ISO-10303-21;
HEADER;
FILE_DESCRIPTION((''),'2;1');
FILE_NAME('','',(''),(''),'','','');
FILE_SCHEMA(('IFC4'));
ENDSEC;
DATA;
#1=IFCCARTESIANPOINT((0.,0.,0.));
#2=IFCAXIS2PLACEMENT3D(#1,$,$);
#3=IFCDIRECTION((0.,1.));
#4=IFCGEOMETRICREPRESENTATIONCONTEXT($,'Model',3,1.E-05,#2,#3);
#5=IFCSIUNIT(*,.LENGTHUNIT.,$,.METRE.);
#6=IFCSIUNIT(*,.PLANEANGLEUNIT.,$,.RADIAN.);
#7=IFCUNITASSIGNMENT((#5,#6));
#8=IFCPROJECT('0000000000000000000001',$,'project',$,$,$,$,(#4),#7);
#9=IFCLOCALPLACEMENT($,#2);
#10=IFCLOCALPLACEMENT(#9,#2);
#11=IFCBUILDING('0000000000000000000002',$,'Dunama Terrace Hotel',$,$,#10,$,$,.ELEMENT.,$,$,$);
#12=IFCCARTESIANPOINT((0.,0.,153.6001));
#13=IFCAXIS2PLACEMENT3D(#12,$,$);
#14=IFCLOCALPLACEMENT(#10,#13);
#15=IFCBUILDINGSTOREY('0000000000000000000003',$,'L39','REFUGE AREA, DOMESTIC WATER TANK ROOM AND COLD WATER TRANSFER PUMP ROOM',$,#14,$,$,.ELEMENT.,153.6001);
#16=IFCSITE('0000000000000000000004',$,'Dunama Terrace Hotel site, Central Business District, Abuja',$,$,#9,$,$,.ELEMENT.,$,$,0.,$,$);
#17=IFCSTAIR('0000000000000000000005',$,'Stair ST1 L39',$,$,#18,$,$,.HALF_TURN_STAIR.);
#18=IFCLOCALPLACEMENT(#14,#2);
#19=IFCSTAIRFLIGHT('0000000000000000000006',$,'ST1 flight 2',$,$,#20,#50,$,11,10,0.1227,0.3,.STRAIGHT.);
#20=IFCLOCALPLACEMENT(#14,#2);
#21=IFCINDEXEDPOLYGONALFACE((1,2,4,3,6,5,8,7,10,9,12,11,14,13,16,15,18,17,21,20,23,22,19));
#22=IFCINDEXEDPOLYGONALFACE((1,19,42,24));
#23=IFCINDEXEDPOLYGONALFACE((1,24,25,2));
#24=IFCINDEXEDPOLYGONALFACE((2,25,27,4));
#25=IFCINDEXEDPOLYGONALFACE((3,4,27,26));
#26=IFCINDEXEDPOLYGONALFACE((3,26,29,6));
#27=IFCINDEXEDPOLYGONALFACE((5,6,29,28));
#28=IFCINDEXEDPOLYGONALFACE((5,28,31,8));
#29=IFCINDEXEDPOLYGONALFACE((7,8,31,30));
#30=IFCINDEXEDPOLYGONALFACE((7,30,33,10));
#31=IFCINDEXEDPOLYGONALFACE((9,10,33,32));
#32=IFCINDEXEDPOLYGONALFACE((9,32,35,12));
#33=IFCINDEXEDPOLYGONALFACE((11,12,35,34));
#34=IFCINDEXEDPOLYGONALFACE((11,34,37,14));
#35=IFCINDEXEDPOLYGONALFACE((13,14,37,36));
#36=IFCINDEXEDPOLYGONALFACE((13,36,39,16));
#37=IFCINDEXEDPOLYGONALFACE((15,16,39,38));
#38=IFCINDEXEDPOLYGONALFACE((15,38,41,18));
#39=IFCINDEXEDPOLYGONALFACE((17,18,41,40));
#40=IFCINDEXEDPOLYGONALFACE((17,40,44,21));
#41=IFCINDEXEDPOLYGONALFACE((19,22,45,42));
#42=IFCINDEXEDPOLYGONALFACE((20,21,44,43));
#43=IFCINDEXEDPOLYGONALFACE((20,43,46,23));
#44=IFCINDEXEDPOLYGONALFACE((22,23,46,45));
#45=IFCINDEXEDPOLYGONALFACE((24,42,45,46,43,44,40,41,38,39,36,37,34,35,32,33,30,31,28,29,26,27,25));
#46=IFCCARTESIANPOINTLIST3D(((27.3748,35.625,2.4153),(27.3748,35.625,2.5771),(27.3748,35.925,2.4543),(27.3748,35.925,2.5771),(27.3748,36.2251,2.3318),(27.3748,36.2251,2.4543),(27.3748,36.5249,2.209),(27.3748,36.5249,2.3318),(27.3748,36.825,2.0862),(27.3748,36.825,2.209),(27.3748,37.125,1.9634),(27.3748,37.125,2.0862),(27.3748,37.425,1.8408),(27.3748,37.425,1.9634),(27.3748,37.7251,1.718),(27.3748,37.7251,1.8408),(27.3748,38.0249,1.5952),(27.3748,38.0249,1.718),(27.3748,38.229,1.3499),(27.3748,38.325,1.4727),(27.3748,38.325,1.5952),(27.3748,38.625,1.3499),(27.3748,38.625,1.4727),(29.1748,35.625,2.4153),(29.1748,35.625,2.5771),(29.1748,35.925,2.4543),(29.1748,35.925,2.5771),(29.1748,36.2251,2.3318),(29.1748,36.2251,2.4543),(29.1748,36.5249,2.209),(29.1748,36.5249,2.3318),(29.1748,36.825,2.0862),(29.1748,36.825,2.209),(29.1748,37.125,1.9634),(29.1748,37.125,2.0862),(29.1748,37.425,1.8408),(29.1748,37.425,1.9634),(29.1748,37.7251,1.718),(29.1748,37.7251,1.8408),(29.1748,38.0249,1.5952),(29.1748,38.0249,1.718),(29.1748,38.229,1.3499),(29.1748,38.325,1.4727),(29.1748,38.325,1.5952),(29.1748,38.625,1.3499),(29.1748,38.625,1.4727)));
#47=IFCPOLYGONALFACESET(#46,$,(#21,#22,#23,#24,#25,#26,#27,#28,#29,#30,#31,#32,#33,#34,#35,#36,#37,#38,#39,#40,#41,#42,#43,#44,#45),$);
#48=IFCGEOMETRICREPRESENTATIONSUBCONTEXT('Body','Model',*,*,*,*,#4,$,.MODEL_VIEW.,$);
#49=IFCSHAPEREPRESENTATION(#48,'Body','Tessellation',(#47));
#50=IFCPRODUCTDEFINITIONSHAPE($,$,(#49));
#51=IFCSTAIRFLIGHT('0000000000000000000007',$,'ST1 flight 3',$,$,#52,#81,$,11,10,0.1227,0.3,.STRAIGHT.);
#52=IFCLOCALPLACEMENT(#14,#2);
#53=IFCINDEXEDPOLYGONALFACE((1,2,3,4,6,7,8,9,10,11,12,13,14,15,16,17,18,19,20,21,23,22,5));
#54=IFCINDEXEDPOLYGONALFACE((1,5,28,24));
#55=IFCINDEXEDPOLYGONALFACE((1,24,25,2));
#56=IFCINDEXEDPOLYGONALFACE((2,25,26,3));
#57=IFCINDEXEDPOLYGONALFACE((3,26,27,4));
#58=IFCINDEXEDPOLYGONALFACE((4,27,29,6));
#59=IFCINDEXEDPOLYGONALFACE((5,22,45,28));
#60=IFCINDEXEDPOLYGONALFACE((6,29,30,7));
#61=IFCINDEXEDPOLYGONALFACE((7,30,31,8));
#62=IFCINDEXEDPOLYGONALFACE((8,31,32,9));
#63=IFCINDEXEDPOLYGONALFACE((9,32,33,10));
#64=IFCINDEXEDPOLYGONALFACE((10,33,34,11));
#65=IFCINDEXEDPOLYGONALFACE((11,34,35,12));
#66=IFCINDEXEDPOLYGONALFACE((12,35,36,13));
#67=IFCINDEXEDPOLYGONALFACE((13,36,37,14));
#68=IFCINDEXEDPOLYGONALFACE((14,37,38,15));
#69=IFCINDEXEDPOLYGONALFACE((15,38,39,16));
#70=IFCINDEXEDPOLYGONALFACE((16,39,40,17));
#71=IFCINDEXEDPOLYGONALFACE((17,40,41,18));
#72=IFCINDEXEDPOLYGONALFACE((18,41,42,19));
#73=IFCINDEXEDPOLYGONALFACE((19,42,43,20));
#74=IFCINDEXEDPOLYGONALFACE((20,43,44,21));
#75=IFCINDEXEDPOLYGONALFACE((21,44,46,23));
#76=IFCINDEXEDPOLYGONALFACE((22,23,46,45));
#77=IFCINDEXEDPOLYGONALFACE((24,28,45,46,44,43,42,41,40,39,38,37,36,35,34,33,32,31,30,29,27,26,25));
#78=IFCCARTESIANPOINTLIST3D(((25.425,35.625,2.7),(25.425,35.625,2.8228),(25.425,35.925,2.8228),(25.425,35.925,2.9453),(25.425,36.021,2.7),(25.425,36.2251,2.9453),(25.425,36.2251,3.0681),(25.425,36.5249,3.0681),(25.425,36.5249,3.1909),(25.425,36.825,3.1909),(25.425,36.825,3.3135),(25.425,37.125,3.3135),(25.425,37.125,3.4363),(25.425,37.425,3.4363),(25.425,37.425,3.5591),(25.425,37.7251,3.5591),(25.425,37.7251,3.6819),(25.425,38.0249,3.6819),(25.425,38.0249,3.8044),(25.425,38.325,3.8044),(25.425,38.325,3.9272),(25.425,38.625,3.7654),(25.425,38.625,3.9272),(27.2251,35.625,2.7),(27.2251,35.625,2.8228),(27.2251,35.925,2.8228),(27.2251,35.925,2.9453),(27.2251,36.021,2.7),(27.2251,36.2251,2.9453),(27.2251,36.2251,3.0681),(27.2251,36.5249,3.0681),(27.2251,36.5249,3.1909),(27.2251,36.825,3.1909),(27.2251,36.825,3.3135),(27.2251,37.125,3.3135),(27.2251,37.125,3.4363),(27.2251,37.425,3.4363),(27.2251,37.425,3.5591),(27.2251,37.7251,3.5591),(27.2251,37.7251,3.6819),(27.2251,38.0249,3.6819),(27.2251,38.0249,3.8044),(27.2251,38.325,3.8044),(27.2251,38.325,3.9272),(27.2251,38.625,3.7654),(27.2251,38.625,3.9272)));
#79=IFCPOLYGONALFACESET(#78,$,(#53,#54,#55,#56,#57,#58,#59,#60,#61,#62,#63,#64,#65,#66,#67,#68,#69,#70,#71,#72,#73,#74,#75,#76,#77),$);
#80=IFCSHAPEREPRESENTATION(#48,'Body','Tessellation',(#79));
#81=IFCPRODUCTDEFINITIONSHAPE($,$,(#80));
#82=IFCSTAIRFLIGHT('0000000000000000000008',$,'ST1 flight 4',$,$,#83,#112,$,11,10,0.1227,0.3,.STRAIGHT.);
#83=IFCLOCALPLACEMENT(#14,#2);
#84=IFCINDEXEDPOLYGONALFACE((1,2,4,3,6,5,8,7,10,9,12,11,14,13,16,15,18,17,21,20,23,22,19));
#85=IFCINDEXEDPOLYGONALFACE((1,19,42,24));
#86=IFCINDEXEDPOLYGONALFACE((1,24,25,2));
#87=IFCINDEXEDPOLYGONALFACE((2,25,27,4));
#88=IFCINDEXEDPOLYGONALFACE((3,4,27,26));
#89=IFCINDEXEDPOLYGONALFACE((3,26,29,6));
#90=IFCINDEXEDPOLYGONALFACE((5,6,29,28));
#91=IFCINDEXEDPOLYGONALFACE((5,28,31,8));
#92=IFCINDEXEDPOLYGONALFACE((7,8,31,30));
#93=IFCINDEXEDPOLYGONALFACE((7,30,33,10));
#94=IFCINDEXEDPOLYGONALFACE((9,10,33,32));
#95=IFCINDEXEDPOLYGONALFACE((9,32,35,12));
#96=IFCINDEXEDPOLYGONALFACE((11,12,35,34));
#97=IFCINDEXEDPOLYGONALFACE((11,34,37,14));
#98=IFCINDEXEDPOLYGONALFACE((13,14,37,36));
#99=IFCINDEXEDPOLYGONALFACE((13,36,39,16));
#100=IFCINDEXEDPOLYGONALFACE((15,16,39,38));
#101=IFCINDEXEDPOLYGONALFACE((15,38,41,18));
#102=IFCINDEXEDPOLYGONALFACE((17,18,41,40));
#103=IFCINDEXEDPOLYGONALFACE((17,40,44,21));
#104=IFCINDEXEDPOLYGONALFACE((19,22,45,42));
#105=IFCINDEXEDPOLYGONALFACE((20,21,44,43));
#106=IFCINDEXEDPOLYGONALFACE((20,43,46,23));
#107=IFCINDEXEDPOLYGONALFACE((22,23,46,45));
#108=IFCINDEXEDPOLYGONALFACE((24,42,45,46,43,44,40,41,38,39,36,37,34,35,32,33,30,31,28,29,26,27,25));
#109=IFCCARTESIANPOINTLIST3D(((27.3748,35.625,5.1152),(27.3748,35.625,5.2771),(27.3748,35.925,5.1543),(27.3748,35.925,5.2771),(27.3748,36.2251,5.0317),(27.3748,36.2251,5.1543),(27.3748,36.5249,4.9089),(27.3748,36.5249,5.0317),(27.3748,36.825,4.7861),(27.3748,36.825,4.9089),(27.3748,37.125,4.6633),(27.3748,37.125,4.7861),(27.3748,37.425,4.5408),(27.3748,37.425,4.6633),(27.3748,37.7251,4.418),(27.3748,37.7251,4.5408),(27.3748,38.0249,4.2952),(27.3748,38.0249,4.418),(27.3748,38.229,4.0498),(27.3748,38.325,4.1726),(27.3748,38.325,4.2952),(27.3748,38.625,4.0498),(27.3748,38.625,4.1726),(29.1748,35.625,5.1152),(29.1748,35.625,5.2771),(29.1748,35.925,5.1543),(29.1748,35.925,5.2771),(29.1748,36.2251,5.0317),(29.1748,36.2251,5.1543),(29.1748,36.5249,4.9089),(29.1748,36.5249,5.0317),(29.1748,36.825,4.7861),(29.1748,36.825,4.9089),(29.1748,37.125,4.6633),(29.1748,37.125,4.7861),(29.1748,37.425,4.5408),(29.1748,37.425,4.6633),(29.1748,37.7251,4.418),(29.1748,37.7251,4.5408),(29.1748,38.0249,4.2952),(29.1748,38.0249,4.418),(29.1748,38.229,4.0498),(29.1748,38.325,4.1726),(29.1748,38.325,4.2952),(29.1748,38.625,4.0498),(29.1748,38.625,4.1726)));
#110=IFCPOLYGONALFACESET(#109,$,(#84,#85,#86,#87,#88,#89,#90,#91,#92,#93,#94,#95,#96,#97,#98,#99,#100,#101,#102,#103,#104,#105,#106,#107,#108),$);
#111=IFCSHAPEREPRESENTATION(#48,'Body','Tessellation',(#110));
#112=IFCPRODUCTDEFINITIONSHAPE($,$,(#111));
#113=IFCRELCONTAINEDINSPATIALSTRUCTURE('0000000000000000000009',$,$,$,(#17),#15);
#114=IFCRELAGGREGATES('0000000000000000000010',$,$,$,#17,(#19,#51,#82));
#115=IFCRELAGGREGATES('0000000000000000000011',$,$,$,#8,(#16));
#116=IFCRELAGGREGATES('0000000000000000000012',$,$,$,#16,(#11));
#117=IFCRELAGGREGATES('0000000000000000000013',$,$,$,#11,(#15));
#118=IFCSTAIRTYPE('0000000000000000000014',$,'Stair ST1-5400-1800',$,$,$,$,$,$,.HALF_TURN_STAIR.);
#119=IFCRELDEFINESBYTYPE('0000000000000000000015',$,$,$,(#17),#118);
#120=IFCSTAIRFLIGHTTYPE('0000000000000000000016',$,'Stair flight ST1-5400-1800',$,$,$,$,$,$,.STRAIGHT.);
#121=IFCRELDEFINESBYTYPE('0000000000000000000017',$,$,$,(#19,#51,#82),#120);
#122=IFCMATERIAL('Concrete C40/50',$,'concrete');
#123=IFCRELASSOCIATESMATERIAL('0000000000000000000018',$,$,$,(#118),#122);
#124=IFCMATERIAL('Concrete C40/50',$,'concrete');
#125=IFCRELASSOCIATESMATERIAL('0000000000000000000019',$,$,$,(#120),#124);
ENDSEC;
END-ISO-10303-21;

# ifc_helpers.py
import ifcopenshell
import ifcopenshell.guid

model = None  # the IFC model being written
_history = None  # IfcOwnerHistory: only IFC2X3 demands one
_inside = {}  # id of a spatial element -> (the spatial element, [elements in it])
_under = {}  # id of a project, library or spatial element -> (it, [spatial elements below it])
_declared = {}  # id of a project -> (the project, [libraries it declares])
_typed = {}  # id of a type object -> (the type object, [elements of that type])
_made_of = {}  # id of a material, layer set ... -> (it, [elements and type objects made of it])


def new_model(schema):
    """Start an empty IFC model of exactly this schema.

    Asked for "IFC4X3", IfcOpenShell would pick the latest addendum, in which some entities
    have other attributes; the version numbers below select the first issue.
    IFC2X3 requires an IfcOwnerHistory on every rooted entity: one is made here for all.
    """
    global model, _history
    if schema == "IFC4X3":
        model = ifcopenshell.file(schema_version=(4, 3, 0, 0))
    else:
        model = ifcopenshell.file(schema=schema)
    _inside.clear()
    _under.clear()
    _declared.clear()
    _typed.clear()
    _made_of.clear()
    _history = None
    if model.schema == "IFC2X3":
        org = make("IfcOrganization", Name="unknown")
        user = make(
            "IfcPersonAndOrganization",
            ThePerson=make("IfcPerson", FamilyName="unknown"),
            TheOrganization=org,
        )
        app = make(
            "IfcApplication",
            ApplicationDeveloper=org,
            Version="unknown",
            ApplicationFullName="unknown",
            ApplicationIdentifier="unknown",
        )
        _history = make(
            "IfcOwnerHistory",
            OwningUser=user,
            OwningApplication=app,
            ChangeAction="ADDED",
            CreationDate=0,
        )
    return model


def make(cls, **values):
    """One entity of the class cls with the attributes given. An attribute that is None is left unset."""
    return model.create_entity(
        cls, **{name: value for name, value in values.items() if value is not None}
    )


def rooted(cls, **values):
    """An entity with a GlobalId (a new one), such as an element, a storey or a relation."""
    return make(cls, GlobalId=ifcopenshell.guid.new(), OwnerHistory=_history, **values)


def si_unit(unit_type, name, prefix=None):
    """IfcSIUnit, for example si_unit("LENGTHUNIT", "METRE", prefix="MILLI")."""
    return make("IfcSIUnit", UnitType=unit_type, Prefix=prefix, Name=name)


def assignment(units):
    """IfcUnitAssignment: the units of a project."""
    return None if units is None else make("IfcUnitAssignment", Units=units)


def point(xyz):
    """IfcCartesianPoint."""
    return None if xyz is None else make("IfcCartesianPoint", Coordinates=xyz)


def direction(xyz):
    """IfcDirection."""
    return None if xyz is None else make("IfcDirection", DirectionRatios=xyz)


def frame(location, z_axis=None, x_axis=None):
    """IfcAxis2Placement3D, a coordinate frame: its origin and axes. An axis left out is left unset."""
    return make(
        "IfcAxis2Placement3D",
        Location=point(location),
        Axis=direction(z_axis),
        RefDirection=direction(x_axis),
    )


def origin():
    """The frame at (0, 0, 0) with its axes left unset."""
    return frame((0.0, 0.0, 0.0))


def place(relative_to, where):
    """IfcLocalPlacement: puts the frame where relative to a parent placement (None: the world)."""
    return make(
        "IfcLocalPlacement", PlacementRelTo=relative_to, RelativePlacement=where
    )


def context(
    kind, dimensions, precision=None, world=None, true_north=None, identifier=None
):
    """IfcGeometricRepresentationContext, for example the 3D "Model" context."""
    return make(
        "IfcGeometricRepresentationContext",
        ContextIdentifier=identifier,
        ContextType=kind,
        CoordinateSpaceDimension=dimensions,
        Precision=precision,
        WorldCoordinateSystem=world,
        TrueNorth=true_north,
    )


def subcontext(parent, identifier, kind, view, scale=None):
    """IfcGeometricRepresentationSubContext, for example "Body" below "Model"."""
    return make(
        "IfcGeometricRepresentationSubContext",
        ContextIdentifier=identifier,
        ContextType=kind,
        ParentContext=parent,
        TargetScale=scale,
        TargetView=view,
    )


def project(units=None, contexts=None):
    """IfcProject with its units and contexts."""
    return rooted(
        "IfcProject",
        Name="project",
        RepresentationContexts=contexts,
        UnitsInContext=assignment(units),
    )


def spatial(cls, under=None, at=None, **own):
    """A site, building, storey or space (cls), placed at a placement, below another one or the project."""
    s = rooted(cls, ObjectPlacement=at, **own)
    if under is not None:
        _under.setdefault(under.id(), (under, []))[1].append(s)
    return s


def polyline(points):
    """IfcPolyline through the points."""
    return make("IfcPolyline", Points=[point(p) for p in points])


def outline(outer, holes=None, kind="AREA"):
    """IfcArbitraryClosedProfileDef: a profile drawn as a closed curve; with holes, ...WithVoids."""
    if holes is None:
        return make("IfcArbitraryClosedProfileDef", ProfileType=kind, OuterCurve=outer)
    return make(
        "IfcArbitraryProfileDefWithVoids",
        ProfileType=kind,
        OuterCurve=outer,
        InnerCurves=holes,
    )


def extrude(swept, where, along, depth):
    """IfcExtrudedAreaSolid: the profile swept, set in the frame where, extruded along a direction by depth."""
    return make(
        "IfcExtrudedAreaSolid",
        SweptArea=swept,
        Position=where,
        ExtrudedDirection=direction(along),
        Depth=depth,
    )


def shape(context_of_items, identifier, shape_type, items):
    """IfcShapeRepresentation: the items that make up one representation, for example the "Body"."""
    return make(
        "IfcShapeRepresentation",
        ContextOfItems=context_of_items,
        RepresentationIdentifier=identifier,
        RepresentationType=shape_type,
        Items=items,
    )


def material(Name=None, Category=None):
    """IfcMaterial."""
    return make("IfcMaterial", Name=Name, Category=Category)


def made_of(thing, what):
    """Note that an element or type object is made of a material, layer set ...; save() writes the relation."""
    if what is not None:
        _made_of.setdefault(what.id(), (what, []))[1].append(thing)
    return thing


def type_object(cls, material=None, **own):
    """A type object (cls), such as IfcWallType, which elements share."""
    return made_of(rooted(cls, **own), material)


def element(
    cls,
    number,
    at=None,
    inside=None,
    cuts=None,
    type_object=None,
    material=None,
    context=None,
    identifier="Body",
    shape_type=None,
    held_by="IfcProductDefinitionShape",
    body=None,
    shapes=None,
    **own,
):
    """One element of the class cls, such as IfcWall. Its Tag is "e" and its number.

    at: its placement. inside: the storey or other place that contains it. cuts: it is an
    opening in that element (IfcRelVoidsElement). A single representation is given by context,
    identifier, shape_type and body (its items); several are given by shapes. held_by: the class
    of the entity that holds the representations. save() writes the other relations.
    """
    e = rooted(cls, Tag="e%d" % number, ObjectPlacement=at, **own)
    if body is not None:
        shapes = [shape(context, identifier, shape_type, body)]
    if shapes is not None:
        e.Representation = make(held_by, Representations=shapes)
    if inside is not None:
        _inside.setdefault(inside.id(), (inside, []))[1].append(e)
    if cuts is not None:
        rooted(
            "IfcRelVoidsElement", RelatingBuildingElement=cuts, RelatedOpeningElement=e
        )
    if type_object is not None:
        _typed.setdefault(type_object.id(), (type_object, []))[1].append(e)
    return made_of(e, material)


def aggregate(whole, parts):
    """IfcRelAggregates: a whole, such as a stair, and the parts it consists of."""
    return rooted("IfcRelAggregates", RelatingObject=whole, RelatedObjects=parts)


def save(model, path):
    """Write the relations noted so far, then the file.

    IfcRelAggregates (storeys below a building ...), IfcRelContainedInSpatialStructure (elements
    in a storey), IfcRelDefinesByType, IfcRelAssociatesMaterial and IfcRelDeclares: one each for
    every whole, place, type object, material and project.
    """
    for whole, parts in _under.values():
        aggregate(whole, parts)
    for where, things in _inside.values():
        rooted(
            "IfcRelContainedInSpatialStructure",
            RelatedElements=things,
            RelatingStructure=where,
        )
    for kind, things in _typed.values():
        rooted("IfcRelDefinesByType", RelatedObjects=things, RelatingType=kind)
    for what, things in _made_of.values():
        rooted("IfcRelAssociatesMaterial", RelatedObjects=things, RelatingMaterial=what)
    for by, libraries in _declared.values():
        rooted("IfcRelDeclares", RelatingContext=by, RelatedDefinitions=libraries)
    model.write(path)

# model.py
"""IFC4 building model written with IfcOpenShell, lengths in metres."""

from ifc_helpers import new_model, si_unit, direction, frame, origin, place, context, subcontext, project, spatial, polyline, outline, extrude, material, type_object, element, aggregate, save


model = new_model("IFC4")

# Units and contexts
model_context = context("Model", 3, precision=1e-05, world=origin(), true_north=direction((0.0, 1.0)))
body_context = subcontext(model_context, "Body", "Model", "MODEL_VIEW")
ifc_project = project(units=[si_unit("LENGTHUNIT", "METRE"), si_unit("PLANEANGLEUNIT", "RADIAN")], contexts=[model_context])

# Site, building, storey
site_placement = place(None, origin())
site = spatial("IfcSite", under=ifc_project, at=site_placement, Name="Dunama Terrace Hotel site, Central Business District, Abuja", CompositionType="ELEMENT", RefElevation=0.0)
building_placement = place(site_placement, origin())
building = spatial("IfcBuilding", under=site, at=building_placement, Name="Dunama Terrace Hotel", CompositionType="ELEMENT")
storey_placement = place(building_placement, frame((0.0, 0.0, 153.6001)))
storey = spatial("IfcBuildingStorey", under=building, at=storey_placement, Name="L39", Description="REFUGE AREA, DOMESTIC WATER TANK ROOM AND COLD WATER TRANSFER PUMP ROOM", CompositionType="ELEMENT", Elevation=153.6001)

# Stair, stair flights
ifc_material_1 = material(Name="Concrete C40/50", Category="concrete")
stair_type = type_object("IfcStairType", Name="Stair ST1-5400-1800", PredefinedType="HALF_TURN_STAIR", material=ifc_material_1)
stair_placement = place(storey_placement, origin())
stair = element("IfcStair", 1, at=stair_placement, inside=storey, type_object=stair_type, Name="Stair ST1 L39", PredefinedType="HALF_TURN_STAIR")
ifc_material_2 = material(Name="Concrete C40/50", Category="concrete")
stair_flight_type = type_object("IfcStairFlightType", Name="Stair flight ST1-5400-1800", PredefinedType="STRAIGHT", material=ifc_material_2)
stair_flight_1_placement = place(storey_placement, frame((28.2749, 38.625, 1.3499), z_axis=(0.0, 0.0, 1.0), x_axis=(0.0, -1.0, 0.0)))
stair_flight_1 = element("IfcStairFlight", 2, at=stair_flight_1_placement, type_object=stair_flight_type, Name="ST1 flight 2", NumberOfRisers=11, NumberOfTreads=10, PredefinedType="STRAIGHT", RiserHeight=0.1227, TreadLength=0.3, context=body_context, shape_type="SweptSolid", body=[
    extrude(outline(polyline([(0.0, 0.0), (0.0, 0.1228), (0.3, 0.1228), (0.3, 0.2454), (0.6001, 0.2454), (0.6001, 0.3682), (0.8999, 0.3682), (0.8999, 0.491), (1.2, 0.491), (1.2, 0.6135), (1.5, 0.6135), (1.5, 0.7363), (1.8, 0.7363), (1.8, 0.8591), (2.1001, 0.8591), (2.1001, 0.9819), (2.3999, 0.9819), (2.3999, 1.1045), (2.7, 1.1045), (2.7, 1.2273), (3.0, 1.2273), (3.0, 1.3501), (3.0, 1.0654), (0.396, 0.0), (0.0, 0.0)])), frame((0.0, 0.8999, 0.0), z_axis=(0.0, -1.0, 0.0), x_axis=(1.0, 0.0, 0.0)), (0.0, 0.0, 1.0), 1.8),
])
stair_flight_2_placement = place(storey_placement, frame((26.325, 35.625, 2.7), z_axis=(0.0, 0.0, 1.0), x_axis=(0.0, 1.0, 0.0)))
stair_flight_2 = element("IfcStairFlight", 3, at=stair_flight_2_placement, type_object=stair_flight_type, Name="ST1 flight 3", NumberOfRisers=11, NumberOfTreads=10, PredefinedType="STRAIGHT", RiserHeight=0.1227, TreadLength=0.3, context=body_context, shape_type="SweptSolid", body=[
    extrude(outline(polyline([(0.0, 0.0), (0.0, 0.1228), (0.3, 0.1228), (0.3, 0.2454), (0.6001, 0.2454), (0.6001, 0.3682), (0.8999, 0.3682), (0.8999, 0.491), (1.2, 0.491), (1.2, 0.6135), (1.5, 0.6135), (1.5, 0.7363), (1.8, 0.7363), (1.8, 0.8591), (2.1001, 0.8591), (2.1001, 0.9819), (2.3999, 0.9819), (2.3999, 1.1045), (2.7, 1.1045), (2.7, 1.2273), (3.0, 1.2273), (3.0, 1.3501), (3.0, 1.0654), (0.396, 0.0), (0.0, 0.0)])), frame((0.0, 0.8999, 0.0), z_axis=(0.0, -1.0, 0.0), x_axis=(1.0, 0.0, 0.0)), (0.0, 0.0, 1.0), 1.8),
])
stair_flight_3_placement = place(storey_placement, frame((28.2749, 38.625, 4.0498), z_axis=(0.0, 0.0, 1.0), x_axis=(0.0, -1.0, 0.0)))
stair_flight_3 = element("IfcStairFlight", 4, at=stair_flight_3_placement, type_object=stair_flight_type, Name="ST1 flight 4", NumberOfRisers=11, NumberOfTreads=10, PredefinedType="STRAIGHT", RiserHeight=0.1227, TreadLength=0.3, context=body_context, shape_type="SweptSolid", body=[
    extrude(outline(polyline([(0.0, 0.0), (0.0, 0.1228), (0.3, 0.1228), (0.3, 0.2454), (0.6001, 0.2454), (0.6001, 0.3682), (0.8999, 0.3682), (0.8999, 0.491), (1.2, 0.491), (1.2, 0.6135), (1.5, 0.6135), (1.5, 0.7363), (1.8, 0.7363), (1.8, 0.8591), (2.1001, 0.8591), (2.1001, 0.9819), (2.3999, 0.9819), (2.3999, 1.1045), (2.7, 1.1045), (2.7, 1.2273), (3.0, 1.2273), (3.0, 1.3501), (3.0, 1.0654), (0.396, 0.0), (0.0, 0.0)])), frame((0.0, 0.8999, 0.0), z_axis=(0.0, -1.0, 0.0), x_axis=(1.0, 0.0, 0.0)), (0.0, 0.0, 1.0), 1.8),
])
aggregate(stair, [stair_flight_1, stair_flight_2, stair_flight_3])

save(model, "model.ifc")
